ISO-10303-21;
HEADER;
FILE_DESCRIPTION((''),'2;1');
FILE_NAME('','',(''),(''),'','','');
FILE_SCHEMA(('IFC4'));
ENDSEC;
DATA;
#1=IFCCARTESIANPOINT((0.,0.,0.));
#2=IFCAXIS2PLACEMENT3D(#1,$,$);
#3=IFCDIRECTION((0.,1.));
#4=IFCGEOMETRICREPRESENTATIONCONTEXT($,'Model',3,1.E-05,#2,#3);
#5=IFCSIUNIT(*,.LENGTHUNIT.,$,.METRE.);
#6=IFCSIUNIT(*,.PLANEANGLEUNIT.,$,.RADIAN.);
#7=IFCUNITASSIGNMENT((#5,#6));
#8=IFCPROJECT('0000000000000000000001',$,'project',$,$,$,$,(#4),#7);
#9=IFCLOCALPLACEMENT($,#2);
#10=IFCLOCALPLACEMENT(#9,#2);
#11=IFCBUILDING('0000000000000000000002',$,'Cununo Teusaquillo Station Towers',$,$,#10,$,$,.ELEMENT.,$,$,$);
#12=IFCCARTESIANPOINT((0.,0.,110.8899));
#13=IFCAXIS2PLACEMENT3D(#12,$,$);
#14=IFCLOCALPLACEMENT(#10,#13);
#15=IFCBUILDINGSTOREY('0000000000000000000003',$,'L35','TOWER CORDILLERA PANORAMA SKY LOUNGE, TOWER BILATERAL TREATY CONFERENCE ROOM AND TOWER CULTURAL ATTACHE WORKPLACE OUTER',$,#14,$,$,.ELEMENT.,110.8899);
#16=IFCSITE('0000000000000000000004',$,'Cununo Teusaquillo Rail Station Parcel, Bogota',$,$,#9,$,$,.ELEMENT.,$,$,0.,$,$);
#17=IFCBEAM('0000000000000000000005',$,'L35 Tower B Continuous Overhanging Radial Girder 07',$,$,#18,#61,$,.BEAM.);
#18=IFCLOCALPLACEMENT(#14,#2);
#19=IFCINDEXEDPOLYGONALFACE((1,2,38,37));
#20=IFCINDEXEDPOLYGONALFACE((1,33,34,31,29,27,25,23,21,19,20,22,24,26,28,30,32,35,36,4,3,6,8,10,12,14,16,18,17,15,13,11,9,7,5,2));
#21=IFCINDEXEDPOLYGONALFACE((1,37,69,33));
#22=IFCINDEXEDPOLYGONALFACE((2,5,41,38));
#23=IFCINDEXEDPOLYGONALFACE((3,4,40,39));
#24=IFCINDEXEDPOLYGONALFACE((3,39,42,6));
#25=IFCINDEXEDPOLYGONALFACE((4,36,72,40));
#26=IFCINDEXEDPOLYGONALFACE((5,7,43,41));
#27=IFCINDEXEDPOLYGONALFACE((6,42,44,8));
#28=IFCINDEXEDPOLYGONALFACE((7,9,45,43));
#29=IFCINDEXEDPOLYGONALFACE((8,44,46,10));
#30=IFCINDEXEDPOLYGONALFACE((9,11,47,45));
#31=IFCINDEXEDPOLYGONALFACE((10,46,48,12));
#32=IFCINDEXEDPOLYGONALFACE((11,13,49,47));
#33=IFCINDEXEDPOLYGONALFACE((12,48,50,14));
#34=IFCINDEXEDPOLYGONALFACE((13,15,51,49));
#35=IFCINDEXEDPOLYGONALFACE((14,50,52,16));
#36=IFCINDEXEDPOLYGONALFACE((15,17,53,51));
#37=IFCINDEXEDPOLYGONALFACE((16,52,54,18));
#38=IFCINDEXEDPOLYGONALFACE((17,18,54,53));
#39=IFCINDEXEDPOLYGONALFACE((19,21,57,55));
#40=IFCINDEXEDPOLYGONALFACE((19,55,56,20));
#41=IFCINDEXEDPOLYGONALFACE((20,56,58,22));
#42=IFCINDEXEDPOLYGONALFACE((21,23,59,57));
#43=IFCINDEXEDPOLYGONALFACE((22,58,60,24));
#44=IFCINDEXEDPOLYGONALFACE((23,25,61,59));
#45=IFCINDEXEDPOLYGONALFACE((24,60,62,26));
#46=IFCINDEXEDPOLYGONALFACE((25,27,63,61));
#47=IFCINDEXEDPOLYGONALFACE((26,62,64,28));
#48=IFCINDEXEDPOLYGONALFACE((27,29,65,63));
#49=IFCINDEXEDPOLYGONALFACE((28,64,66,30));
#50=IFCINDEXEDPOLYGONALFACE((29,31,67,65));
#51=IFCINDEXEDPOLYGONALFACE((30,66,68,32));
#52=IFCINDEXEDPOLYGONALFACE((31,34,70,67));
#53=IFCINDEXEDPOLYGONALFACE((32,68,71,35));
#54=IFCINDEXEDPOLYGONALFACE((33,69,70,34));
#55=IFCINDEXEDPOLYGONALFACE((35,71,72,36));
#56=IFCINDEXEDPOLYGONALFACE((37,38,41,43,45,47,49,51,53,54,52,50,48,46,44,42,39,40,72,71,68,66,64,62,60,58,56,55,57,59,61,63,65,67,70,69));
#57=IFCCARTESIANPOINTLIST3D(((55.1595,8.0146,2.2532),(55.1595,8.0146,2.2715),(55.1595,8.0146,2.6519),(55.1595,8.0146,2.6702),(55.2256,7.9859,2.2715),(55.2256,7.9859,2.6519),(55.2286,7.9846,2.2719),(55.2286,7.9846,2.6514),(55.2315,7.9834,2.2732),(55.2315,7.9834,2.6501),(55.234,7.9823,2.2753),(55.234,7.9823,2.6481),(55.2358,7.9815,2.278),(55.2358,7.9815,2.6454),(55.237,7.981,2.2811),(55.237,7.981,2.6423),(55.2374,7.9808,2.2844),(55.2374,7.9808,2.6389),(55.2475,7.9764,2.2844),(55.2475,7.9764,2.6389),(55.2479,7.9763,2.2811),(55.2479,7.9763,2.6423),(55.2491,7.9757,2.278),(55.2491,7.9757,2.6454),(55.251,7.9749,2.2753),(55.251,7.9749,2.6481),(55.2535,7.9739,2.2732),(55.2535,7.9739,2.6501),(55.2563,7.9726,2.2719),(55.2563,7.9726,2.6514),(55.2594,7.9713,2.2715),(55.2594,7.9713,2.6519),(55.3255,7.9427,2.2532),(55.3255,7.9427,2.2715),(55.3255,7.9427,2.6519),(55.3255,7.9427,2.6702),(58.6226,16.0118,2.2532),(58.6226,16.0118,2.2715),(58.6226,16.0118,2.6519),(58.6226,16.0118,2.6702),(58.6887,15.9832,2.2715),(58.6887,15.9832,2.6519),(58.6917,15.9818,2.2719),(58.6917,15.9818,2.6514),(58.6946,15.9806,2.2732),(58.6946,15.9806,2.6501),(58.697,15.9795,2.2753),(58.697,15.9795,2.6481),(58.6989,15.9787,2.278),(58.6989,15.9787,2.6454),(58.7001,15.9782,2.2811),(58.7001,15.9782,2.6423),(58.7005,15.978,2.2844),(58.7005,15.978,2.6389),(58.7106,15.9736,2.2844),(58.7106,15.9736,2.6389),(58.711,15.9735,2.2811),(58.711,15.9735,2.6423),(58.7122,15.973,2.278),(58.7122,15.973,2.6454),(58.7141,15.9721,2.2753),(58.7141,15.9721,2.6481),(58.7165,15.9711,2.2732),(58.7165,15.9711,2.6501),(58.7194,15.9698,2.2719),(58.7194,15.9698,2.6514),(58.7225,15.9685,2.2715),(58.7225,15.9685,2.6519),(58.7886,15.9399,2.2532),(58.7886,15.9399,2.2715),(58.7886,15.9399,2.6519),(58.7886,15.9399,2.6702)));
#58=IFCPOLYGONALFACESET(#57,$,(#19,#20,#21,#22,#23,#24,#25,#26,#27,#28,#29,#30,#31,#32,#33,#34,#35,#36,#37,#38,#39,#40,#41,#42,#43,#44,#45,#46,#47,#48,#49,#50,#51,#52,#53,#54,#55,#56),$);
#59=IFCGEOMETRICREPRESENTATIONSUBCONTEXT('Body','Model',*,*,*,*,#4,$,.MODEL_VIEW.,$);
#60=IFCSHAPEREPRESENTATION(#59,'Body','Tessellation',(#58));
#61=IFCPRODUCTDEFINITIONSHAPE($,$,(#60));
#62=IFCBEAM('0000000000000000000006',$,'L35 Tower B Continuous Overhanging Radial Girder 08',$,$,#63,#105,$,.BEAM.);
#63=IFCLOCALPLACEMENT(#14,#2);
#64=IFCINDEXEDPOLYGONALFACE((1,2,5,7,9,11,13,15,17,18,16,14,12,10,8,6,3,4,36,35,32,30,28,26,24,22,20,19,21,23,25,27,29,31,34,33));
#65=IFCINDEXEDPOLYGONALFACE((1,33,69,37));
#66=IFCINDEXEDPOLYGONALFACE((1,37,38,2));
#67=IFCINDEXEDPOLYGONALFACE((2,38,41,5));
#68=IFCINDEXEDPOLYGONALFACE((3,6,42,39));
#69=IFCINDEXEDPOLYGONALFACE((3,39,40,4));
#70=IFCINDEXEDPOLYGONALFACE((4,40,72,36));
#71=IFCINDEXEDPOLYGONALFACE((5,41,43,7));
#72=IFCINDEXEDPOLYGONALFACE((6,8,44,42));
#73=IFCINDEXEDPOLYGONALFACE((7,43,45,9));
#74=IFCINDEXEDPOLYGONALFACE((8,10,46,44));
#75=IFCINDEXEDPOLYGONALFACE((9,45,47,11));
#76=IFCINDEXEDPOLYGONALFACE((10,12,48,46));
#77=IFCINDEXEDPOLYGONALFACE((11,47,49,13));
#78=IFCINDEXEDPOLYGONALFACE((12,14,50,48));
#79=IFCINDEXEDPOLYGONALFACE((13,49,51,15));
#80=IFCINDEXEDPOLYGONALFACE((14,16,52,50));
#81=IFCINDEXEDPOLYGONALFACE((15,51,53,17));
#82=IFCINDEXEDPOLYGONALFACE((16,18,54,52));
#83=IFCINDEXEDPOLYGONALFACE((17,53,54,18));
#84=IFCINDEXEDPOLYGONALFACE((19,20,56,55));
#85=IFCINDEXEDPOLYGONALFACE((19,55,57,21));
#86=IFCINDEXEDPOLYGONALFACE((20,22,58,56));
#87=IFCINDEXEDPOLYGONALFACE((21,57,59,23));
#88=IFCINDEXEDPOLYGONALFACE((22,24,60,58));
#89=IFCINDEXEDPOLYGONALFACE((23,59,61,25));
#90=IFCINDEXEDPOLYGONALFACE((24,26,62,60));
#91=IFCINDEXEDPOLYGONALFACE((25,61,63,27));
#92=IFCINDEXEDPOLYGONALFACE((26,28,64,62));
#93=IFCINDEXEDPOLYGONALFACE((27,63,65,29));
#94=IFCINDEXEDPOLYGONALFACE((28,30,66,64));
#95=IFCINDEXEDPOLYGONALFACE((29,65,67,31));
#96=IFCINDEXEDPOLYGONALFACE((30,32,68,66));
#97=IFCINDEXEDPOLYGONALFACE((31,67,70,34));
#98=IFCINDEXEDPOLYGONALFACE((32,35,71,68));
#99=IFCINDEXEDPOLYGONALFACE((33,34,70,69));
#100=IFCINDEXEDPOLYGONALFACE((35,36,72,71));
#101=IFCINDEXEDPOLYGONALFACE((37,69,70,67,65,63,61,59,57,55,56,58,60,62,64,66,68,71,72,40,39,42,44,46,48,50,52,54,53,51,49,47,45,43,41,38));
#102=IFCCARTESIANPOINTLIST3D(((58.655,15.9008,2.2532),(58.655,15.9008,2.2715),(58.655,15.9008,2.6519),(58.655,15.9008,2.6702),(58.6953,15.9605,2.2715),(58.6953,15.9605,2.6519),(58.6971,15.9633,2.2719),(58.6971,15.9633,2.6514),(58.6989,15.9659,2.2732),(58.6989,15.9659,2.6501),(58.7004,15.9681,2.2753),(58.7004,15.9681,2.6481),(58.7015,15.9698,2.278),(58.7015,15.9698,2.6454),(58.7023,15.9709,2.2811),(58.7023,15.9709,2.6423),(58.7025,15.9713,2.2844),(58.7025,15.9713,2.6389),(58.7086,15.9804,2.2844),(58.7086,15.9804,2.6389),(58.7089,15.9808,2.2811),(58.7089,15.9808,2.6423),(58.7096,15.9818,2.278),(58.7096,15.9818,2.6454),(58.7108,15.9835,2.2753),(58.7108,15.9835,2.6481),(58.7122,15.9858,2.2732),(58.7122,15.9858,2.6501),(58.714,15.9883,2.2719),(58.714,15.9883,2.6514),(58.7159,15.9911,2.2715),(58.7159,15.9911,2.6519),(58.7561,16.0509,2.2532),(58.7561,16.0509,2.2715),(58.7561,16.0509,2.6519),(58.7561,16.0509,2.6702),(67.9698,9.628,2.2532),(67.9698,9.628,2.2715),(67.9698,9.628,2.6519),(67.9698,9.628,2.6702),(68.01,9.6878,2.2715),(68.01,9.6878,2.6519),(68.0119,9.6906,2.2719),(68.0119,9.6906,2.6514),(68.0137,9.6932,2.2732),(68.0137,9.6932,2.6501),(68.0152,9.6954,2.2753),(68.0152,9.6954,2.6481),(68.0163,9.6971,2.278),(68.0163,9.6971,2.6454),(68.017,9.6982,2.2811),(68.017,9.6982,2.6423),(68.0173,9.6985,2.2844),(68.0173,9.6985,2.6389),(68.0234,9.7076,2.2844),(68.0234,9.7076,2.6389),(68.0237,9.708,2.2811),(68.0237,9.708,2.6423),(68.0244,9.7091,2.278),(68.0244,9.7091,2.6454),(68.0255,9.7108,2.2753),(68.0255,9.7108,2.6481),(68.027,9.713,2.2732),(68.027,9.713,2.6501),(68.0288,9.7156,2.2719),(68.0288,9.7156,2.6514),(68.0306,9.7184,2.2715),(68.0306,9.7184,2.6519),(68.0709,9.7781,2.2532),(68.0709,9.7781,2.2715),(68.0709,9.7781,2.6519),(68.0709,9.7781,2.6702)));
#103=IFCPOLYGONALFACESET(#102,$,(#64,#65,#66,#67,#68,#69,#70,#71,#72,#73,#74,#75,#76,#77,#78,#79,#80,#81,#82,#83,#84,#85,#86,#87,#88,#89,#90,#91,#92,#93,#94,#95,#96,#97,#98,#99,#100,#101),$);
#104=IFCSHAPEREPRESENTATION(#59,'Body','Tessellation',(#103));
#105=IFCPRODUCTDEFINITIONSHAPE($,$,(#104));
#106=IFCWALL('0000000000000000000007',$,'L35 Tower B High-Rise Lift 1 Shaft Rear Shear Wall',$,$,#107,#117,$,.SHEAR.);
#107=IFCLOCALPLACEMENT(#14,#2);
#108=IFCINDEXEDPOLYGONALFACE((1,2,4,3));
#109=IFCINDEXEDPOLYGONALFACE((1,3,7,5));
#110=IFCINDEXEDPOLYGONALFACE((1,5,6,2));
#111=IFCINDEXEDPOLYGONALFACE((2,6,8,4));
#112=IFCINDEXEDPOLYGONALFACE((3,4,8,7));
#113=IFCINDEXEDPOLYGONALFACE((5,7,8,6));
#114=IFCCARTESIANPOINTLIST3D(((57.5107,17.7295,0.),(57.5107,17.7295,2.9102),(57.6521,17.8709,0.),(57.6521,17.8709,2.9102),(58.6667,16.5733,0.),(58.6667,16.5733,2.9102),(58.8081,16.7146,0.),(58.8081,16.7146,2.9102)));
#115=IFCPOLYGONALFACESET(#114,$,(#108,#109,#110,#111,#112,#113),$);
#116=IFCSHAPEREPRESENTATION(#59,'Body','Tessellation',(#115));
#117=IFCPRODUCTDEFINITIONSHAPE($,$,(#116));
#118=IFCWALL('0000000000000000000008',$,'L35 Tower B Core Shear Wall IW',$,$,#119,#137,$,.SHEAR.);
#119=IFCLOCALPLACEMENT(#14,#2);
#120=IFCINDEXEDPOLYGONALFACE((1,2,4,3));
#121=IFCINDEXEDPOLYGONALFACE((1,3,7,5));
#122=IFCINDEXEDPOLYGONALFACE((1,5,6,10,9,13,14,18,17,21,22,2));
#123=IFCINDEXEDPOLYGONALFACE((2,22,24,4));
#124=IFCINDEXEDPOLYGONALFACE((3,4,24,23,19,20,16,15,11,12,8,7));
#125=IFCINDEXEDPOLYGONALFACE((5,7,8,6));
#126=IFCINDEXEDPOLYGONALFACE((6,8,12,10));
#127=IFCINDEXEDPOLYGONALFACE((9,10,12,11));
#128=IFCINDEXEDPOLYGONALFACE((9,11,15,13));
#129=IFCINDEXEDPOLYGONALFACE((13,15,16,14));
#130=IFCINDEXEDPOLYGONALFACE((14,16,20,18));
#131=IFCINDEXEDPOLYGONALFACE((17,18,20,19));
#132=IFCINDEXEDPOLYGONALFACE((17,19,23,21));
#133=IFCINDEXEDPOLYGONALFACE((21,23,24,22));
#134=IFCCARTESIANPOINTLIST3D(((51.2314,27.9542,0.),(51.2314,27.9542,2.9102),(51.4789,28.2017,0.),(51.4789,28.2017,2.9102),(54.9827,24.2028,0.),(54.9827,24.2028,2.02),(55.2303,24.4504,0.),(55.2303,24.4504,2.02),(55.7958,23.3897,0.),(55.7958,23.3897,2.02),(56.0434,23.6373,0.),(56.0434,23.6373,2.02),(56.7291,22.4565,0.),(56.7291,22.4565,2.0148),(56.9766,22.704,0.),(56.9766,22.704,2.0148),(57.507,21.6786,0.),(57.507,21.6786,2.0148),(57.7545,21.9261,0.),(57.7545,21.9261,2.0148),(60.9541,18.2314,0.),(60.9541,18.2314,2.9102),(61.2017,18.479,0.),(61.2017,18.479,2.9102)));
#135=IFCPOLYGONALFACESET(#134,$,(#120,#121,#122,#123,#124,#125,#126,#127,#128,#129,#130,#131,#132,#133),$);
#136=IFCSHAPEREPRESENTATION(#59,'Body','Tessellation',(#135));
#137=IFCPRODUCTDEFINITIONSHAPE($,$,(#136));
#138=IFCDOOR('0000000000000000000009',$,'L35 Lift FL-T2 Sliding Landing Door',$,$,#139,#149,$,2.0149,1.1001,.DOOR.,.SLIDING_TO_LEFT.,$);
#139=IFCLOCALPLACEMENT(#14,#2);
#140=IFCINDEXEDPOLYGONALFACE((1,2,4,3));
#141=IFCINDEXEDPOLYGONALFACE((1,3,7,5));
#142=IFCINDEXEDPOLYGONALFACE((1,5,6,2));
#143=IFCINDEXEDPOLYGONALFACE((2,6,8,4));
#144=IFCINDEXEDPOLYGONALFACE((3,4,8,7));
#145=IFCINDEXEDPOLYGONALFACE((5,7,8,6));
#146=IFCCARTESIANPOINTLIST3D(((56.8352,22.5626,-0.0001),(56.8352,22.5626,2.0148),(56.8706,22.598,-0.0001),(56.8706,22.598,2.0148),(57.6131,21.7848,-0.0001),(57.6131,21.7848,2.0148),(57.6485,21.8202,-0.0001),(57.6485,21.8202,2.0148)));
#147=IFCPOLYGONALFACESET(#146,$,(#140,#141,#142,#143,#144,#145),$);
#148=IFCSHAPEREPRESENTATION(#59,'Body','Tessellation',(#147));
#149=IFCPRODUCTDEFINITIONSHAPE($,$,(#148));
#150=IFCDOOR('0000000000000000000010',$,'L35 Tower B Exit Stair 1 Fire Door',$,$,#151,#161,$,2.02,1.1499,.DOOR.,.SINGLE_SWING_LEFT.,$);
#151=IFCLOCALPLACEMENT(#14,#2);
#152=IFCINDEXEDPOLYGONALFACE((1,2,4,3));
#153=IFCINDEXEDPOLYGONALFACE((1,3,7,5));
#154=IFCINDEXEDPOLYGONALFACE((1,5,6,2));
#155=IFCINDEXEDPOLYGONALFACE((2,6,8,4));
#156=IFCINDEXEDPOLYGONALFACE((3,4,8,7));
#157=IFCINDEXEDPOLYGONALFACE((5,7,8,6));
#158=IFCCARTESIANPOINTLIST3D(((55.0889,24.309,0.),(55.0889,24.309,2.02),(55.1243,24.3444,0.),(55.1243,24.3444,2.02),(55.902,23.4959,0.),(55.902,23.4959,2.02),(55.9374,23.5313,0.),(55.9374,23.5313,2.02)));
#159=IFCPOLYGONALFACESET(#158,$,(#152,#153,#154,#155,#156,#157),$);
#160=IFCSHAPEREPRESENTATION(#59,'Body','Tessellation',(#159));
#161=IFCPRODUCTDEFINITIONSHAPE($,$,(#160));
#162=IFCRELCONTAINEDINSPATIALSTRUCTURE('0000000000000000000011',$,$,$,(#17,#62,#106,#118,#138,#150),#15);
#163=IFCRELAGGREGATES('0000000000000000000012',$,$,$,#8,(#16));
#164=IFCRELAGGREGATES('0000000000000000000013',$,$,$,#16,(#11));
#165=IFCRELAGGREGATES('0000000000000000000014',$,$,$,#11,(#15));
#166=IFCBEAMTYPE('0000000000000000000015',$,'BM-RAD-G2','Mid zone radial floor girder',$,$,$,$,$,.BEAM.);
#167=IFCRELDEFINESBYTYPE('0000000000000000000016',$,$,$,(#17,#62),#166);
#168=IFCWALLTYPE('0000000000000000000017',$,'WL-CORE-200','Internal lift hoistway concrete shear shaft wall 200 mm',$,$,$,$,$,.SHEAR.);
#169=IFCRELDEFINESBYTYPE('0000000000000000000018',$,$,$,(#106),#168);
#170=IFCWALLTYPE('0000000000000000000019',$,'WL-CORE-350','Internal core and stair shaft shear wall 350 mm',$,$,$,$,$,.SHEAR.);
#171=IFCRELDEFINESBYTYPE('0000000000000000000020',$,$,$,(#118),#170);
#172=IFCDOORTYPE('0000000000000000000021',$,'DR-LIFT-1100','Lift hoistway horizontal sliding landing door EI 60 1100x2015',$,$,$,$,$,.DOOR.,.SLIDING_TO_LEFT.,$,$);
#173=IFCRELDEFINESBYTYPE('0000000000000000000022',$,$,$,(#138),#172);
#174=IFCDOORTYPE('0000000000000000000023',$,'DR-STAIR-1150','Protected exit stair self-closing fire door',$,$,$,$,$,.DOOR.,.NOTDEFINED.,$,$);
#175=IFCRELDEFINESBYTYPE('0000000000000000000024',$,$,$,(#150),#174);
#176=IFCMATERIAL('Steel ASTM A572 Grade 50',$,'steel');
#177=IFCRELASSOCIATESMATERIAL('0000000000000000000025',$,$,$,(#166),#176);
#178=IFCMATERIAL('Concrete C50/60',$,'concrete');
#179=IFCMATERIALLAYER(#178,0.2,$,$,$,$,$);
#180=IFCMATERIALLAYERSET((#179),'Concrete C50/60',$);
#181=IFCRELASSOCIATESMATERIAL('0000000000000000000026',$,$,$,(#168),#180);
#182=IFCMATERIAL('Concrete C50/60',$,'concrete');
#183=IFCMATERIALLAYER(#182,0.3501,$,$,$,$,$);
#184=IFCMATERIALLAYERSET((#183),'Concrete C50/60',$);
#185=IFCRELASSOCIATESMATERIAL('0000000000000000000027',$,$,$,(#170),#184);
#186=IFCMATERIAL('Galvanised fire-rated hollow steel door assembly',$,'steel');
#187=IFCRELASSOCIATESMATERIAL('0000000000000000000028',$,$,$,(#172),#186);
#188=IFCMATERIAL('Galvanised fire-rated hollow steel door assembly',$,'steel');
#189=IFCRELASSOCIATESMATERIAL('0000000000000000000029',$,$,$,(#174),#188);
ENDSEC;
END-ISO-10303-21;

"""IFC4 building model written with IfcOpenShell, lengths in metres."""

from ifc_helpers import new_model, si_unit, direction, frame, frame_2d, origin, origin_2d, place, context, subcontext, project, spatial, rectangle, i_section, extrude, source, transform, mapped, material, layer, layer_set, material_profile, profile_set, type_object, element, fill, save


model = new_model("IFC4")

# Units and contexts
model_context = context("Model", 3, precision=1e-05, world=origin(), true_north=direction((0.0, 1.0)))
body_context = subcontext(model_context, "Body", "Model", "MODEL_VIEW")
ifc_project = project(units=[si_unit("LENGTHUNIT", "METRE"), si_unit("PLANEANGLEUNIT", "RADIAN")], contexts=[model_context])

# Site, building, storey
site_placement = place(None, origin())
site = spatial("IfcSite", under=ifc_project, at=site_placement, Name="Cununo Teusaquillo Rail Station Parcel, Bogota", CompositionType="ELEMENT", RefElevation=0.0)
building_placement = place(site_placement, origin())
building = spatial("IfcBuilding", under=site, at=building_placement, Name="Cununo Teusaquillo Station Towers", CompositionType="ELEMENT")
storey_placement = place(building_placement, frame((0.0, 0.0, 110.8899)))
storey = spatial("IfcBuildingStorey", under=building, at=storey_placement, Name="L35", Description="TOWER CORDILLERA PANORAMA SKY LOUNGE, TOWER BILATERAL TREATY CONFERENCE ROOM AND TOWER CULTURAL ATTACHE WORKPLACE OUTER", CompositionType="ELEMENT", Elevation=110.8899)

# Beams
ifc_material_1 = material(Name="Steel ASTM A572 Grade 50", Category="steel")
ifc_material_profile_1 = material_profile(ifc_material_1, i_section(OverallWidth=0.1809, OverallDepth=0.417, WebThickness=0.011, FlangeThickness=0.0183, FilletRadius=0.0129, at=origin_2d()), Name="W16X57")
ifc_profile_set_1 = profile_set([ifc_material_profile_1], Name="Steel ASTM A572 Grade 50")
beam_type_1 = type_object("IfcBeamType", Name="BM-RAD-G2", Description="Mid zone radial floor girder", PredefinedType="BEAM", material=ifc_profile_set_1)
beam_1_placement = place(storey_placement, frame((58.7056, 15.9758, 2.4617), z_axis=(-0.397379, -0.917655, 0.0), x_axis=(0.917655, -0.397379, 0.0)))
element("IfcBeam", 1, at=beam_1_placement, inside=storey, type_object=beam_type_1, Name="L35 Tower B Continuous Overhanging Radial Girder 07", PredefinedType="BEAM", context=body_context, shape_type="SweptSolid", body=[
    extrude(i_section(OverallWidth=0.1809, OverallDepth=0.417, WebThickness=0.011, FlangeThickness=0.0183, FilletRadius=0.0129, at=origin_2d()), origin(), (0.0, 0.0, 1.0), 8.7148),
])
beam_2_placement = place(storey_placement, frame((58.7056, 15.9758, 2.4617), z_axis=(0.829456, -0.558572, 0.0), x_axis=(0.558572, 0.829456, 0.0)))
element("IfcBeam", 2, at=beam_2_placement, inside=storey, type_object=beam_type_1, Name="L35 Tower B Continuous Overhanging Radial Girder 08", PredefinedType="BEAM", context=body_context, shape_type="SweptSolid", body=[
    extrude(i_section(OverallWidth=0.1809, OverallDepth=0.417, WebThickness=0.011, FlangeThickness=0.0183, FilletRadius=0.0129, at=origin_2d()), origin(), (0.0, 0.0, 1.0), 11.23),
])

# Wall
ifc_material_2 = material(Name="Concrete C50/60", Category="concrete")
ifc_layer_1 = layer(ifc_material_2, 0.2)
ifc_layer_set_1 = layer_set([ifc_layer_1], Name="Concrete C50/60")
wall_type_1 = type_object("IfcWallType", Name="WL-CORE-200", Description="Internal lift hoistway concrete shear shaft wall 200 mm", PredefinedType="SHEAR", material=ifc_layer_set_1)
wall_1_placement = place(storey_placement, frame((58.7373, 16.644, 0.0), z_axis=(0.0, 0.0, 1.0), x_axis=(-0.707032, 0.707181, 0.0)))
element("IfcWall", 3, at=wall_1_placement, inside=storey, type_object=wall_type_1, Name="L35 Tower B High-Rise Lift 1 Shaft Rear Shear Wall", PredefinedType="SHEAR", context=body_context, shape_type="SweptSolid", body=[
    extrude(rectangle(XDim=1.635, YDim=0.2, at=frame_2d((0.8174, 0.0))), origin(), (0.0, 0.0, 1.0), 2.9102),
])

# Wall, openings, doors
ifc_material_3 = material(Name="Concrete C50/60", Category="concrete")
ifc_layer_2 = layer(ifc_material_3, 0.3501)
ifc_layer_set_2 = layer_set([ifc_layer_2], Name="Concrete C50/60")
wall_type_2 = type_object("IfcWallType", Name="WL-CORE-350", Description="Internal core and stair shaft shear wall 350 mm", PredefinedType="SHEAR", material=ifc_layer_set_2)
wall_2_placement = place(storey_placement, frame((61.0779, 18.3552, 0.0), z_axis=(0.0, 0.0, 1.0), x_axis=(-0.707107, 0.707107, 0.0)))
wall_2 = element("IfcWall", 4, at=wall_2_placement, inside=storey, type_object=wall_type_2, Name="L35 Tower B Core Shear Wall IW", PredefinedType="SHEAR", context=body_context, shape_type="SweptSolid", body=[
    extrude(rectangle(XDim=13.75, YDim=0.3501, at=frame_2d((6.875, 0.0))), origin(), (0.0, 0.0, 1.0), 2.9102),
])
shared_shape_1 = source(origin(), body_context, "Body", "SweptSolid", [
    extrude(rectangle(XDim=1.1001, YDim=2.0149, at=frame_2d((0.55, 1.0073))), frame((0.0, 0.1851, 0.0), z_axis=(0.0, -1.0, 0.0), x_axis=(1.0, 0.0, 0.0)), (0.0, 0.0, 1.0), 0.3701),
])
opening_1_placement = place(wall_2_placement, frame((4.875, 0.0, 0.0)))
opening_1 = element("IfcOpeningElement", 5, at=opening_1_placement, cuts=wall_2, PredefinedType="OPENING", context=body_context, shape_type="MappedRepresentation", body=[
    mapped(shared_shape_1, transform((0.0, 0.0, 0.0), x_axis=(1.0, 0.0, 0.0), y_axis=(0.0, 1.0, 0.0), z_axis=(0.0, 0.0, 1.0), scale=1.0)),
])
shared_shape_2 = source(origin(), body_context, "Body", "SweptSolid", [
    extrude(rectangle(XDim=1.1499, YDim=2.02, at=frame_2d((0.575, 1.01))), frame((0.0, 0.1851, 0.0), z_axis=(0.0, -1.0, 0.0), x_axis=(1.0, 0.0, 0.0)), (0.0, 0.0, 1.0), 0.3701),
])
opening_2_placement = place(wall_2_placement, frame((7.2949, 0.0, 0.0)))
opening_2 = element("IfcOpeningElement", 6, at=opening_2_placement, cuts=wall_2, PredefinedType="OPENING", context=body_context, shape_type="MappedRepresentation", body=[
    mapped(shared_shape_2, transform((0.0, 0.0, 0.0), x_axis=(1.0, 0.0, 0.0), y_axis=(0.0, 1.0, 0.0), z_axis=(0.0, 0.0, 1.0), scale=1.0)),
])
ifc_material_4 = material(Name="Galvanised fire-rated hollow steel door assembly", Category="steel")
door_type_1 = type_object("IfcDoorType", Name="DR-LIFT-1100", Description="Lift hoistway horizontal sliding landing door EI 60 1100x2015", OperationType="SLIDING_TO_LEFT", PredefinedType="DOOR", material=ifc_material_4)
shared_shape_3 = source(origin(), body_context, "Body", "SweptSolid", [
    extrude(rectangle(XDim=1.1001, YDim=2.0149, at=frame_2d((0.55, 1.0073))), frame((0.0, 0.0249, 0.0), z_axis=(0.0, -1.0, 0.0), x_axis=(1.0, 0.0, 0.0)), (0.0, 0.0, 1.0), 0.05),
])
door_1_placement = place(opening_1_placement, origin())
door_1 = element("IfcDoor", 7, at=door_1_placement, inside=storey, type_object=door_type_1, Name="L35 Lift FL-T2 Sliding Landing Door", OperationType="SLIDING_TO_LEFT", OverallHeight=2.0149, OverallWidth=1.1001, PredefinedType="DOOR", context=body_context, shape_type="MappedRepresentation", body=[
    mapped(shared_shape_3, transform((0.0, 0.0, 0.0), x_axis=(1.0, 0.0, 0.0), y_axis=(0.0, 1.0, 0.0), z_axis=(0.0, 0.0, 1.0), scale=1.0)),
])
fill(opening_1, door_1)
ifc_material_5 = material(Name="Galvanised fire-rated hollow steel door assembly", Category="steel")
door_type_2 = type_object("IfcDoorType", Name="DR-STAIR-1150", Description="Protected exit stair self-closing fire door", OperationType="NOTDEFINED", PredefinedType="DOOR", material=ifc_material_5)
shared_shape_4 = source(origin(), body_context, "Body", "SweptSolid", [
    extrude(rectangle(XDim=1.1499, YDim=2.02, at=frame_2d((0.575, 1.01))), frame((0.0, 0.0249, 0.0), z_axis=(0.0, -1.0, 0.0), x_axis=(1.0, 0.0, 0.0)), (0.0, 0.0, 1.0), 0.05),
])
door_2_placement = place(opening_2_placement, origin())
door_2 = element("IfcDoor", 8, at=door_2_placement, inside=storey, type_object=door_type_2, Name="L35 Tower B Exit Stair 1 Fire Door", OperationType="SINGLE_SWING_LEFT", OverallHeight=2.02, OverallWidth=1.1499, PredefinedType="DOOR", context=body_context, shape_type="MappedRepresentation", body=[
    mapped(shared_shape_4, transform((0.0, 0.0, 0.0), x_axis=(1.0, 0.0, 0.0), y_axis=(0.0, 1.0, 0.0), z_axis=(0.0, 0.0, 1.0), scale=1.0)),
])
fill(opening_2, door_2)

save(model, "model.ifc")
